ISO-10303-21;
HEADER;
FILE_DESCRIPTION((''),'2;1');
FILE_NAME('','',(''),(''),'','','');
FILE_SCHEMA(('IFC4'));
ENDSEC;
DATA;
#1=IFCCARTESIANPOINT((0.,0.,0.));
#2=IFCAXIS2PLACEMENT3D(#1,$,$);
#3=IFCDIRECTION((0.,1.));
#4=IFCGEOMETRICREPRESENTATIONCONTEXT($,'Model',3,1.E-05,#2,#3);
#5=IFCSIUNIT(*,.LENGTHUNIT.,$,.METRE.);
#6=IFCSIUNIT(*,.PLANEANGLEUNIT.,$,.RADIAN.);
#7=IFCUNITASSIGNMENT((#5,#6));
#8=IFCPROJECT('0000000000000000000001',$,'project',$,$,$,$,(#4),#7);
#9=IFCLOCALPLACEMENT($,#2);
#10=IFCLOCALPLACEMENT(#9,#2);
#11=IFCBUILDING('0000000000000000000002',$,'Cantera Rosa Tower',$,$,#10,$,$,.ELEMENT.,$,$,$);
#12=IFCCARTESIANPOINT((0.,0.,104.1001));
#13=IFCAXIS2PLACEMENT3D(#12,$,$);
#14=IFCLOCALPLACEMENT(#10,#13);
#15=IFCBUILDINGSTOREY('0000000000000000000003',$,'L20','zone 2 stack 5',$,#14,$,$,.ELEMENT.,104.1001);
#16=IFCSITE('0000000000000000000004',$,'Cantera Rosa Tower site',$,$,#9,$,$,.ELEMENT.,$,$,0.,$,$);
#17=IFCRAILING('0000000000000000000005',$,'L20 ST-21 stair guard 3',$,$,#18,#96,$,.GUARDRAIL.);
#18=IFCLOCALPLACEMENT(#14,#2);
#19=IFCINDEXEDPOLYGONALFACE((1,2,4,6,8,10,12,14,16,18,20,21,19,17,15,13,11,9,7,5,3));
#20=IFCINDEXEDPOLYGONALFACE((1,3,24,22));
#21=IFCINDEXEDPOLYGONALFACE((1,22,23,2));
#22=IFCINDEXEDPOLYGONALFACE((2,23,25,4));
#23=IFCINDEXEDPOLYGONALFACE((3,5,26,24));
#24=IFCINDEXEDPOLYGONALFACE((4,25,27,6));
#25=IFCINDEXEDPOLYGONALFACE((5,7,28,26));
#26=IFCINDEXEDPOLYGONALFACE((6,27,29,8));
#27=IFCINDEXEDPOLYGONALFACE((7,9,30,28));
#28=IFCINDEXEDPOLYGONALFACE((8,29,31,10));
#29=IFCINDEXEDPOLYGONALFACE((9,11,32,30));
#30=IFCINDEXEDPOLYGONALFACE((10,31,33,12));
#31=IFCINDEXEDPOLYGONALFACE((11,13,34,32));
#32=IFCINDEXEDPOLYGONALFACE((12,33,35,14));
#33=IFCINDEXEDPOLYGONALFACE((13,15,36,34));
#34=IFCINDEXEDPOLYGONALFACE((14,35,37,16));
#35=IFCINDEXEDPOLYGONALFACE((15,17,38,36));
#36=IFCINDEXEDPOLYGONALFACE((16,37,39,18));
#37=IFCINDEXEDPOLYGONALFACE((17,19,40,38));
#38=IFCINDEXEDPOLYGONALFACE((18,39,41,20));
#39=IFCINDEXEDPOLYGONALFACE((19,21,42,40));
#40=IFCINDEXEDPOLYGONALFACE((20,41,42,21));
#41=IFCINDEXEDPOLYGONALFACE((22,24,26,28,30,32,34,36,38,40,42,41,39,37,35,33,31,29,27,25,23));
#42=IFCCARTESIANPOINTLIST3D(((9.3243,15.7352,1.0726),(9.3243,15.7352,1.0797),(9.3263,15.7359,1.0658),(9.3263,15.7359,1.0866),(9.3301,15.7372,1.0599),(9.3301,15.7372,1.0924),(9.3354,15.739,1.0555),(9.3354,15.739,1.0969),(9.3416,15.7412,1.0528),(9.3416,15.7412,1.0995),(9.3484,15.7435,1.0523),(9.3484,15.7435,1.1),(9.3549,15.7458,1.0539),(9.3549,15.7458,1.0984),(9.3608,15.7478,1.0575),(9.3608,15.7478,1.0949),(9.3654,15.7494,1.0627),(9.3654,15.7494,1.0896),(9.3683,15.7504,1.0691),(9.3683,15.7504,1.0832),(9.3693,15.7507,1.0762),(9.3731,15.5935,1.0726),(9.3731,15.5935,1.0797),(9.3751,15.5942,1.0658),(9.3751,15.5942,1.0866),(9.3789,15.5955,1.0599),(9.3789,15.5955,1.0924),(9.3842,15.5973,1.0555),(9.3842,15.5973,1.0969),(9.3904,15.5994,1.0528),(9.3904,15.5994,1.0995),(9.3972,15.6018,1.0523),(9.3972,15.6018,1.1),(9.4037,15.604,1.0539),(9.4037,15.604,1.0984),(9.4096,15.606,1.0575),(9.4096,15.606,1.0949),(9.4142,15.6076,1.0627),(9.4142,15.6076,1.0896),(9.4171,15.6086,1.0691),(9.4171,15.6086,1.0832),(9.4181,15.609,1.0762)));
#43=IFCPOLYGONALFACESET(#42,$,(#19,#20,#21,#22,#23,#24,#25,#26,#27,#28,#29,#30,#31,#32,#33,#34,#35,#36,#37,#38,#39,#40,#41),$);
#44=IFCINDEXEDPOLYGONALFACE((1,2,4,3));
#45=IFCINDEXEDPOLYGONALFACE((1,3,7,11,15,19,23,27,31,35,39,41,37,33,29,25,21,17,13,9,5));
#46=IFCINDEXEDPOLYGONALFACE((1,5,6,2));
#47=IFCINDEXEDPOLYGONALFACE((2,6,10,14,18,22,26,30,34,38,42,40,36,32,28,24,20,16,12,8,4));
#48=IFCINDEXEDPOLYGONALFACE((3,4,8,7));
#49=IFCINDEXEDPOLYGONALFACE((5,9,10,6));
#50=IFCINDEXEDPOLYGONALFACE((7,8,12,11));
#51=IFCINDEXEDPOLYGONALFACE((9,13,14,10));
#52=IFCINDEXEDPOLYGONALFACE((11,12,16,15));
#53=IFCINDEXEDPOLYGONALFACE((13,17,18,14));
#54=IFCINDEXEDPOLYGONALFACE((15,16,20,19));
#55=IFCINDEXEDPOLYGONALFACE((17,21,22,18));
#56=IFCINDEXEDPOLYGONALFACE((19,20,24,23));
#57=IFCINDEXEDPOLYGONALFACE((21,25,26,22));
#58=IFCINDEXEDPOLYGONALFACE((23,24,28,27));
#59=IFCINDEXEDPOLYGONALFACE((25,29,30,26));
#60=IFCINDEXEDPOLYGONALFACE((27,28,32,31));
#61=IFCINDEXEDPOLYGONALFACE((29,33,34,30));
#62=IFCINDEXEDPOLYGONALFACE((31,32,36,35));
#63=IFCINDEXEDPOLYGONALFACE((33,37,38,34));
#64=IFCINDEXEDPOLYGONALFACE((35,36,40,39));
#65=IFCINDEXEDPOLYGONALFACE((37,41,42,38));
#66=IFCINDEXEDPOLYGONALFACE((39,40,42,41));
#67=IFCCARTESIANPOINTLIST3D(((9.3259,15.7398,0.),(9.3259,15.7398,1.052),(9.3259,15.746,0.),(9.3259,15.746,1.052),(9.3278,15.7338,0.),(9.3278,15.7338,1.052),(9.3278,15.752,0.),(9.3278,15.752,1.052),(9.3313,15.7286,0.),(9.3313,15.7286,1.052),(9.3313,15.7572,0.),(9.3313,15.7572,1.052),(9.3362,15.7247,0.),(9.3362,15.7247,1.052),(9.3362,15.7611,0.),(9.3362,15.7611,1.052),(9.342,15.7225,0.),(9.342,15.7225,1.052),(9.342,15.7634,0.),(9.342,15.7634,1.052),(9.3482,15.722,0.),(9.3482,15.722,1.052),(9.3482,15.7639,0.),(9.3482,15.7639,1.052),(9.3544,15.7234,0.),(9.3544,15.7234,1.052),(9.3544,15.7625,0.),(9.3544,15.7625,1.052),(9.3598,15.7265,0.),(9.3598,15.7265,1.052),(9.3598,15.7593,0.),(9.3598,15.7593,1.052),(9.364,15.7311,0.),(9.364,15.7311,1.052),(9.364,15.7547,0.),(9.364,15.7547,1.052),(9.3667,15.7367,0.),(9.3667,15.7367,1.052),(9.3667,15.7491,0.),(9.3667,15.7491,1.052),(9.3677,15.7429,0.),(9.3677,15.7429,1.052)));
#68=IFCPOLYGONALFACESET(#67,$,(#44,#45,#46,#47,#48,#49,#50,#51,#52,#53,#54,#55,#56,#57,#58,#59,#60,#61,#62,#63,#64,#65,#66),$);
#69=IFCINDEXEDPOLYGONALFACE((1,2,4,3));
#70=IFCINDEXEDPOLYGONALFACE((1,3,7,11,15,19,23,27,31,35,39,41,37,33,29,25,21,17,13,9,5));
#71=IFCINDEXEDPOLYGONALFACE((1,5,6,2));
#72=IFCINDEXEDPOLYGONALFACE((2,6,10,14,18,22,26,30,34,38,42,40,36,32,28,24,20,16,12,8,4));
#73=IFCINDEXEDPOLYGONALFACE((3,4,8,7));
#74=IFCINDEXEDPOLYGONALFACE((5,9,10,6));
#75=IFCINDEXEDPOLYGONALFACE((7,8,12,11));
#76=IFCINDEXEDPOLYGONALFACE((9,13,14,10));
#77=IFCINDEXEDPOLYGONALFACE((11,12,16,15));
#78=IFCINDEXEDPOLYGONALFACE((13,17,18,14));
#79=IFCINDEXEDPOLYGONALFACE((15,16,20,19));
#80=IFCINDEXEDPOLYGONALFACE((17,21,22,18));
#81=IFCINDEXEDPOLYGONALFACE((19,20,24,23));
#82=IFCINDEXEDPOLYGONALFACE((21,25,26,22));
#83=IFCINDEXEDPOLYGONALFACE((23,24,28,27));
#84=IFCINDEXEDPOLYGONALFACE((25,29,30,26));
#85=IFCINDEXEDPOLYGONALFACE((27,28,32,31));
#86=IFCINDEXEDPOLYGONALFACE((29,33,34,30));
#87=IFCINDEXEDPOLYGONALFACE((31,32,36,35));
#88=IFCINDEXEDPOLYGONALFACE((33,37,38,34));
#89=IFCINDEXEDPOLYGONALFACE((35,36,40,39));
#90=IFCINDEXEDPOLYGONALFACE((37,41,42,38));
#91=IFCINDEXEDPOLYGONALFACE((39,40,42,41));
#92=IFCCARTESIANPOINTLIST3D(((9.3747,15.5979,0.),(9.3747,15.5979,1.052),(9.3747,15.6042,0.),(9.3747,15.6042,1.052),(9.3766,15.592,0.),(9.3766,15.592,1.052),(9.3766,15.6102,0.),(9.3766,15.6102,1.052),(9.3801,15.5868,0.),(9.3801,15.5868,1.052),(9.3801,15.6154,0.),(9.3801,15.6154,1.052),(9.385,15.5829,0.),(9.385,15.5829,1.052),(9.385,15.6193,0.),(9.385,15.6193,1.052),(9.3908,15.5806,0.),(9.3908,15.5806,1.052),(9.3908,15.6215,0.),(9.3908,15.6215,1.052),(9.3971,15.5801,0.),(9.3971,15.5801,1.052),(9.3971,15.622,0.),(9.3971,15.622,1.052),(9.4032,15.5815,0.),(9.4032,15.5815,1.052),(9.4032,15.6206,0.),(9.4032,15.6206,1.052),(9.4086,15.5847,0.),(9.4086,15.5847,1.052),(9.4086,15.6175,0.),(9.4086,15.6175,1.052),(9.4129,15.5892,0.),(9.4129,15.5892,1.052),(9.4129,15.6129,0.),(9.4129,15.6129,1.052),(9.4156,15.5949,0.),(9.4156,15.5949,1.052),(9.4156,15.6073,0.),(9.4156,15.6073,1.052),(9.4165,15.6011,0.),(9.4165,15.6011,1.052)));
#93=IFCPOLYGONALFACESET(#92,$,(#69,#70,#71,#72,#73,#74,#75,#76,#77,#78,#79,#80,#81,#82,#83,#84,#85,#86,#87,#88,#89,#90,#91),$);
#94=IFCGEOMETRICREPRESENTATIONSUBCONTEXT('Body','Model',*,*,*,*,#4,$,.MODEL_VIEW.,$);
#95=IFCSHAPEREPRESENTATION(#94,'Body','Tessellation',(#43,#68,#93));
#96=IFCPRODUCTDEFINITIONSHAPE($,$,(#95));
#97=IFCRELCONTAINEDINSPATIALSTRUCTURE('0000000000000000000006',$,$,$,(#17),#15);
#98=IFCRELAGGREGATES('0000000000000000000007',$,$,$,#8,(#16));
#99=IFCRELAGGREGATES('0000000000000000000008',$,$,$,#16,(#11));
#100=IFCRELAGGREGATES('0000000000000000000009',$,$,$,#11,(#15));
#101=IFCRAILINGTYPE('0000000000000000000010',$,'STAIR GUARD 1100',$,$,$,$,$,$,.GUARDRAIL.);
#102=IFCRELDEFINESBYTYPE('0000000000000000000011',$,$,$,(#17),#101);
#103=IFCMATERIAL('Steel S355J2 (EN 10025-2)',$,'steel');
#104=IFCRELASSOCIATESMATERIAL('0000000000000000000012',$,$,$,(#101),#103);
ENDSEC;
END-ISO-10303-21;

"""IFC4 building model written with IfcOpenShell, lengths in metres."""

from ifc_helpers import new_model, si_unit, direction, frame, origin, origin_2d, place, context, subcontext, project, spatial, circle, extrude, material, type_object, element, save


model = new_model("IFC4")

# Units and contexts
model_context = context("Model", 3, precision=1e-05, world=origin(), true_north=direction((0.0, 1.0)))
body_context = subcontext(model_context, "Body", "Model", "MODEL_VIEW")
ifc_project = project(units=[si_unit("LENGTHUNIT", "METRE"), si_unit("PLANEANGLEUNIT", "RADIAN")], contexts=[model_context])

# Site, building, storey
site_placement = place(None, origin())
site = spatial("IfcSite", under=ifc_project, at=site_placement, Name="Cantera Rosa Tower site", CompositionType="ELEMENT", RefElevation=0.0)
building_placement = place(site_placement, origin())
building = spatial("IfcBuilding", under=site, at=building_placement, Name="Cantera Rosa Tower", CompositionType="ELEMENT")
storey_placement = place(building_placement, frame((0.0, 0.0, 104.1001)))
storey = spatial("IfcBuildingStorey", under=building, at=storey_placement, Name="L20", Description="zone 2 stack 5", CompositionType="ELEMENT", Elevation=104.1001)

# Railing
ifc_material_1 = material(Name="Steel S355J2 (EN 10025-2)", Category="steel")
railing_type_1 = type_object("IfcRailingType", Name="STAIR GUARD 1100", PredefinedType="GUARDRAIL", material=ifc_material_1)
railing_1_placement = place(storey_placement, frame((9.3467, 15.7429, 0.0)))
element("IfcRailing", 1, at=railing_1_placement, inside=storey, type_object=railing_type_1, Name="L20 ST-21 stair guard 3", PredefinedType="GUARDRAIL", context=body_context, shape_type="SweptSolid", body=[
    extrude(circle(Radius=0.0239, at=origin_2d()), frame((0.0, 0.0, 1.0762), z_axis=(0.325489, -0.945546, 0.0), x_axis=(0.945546, 0.325489, 0.0)), (0.0, 0.0, 1.0), 0.1499),
    extrude(circle(Radius=0.021, at=origin_2d()), origin(), (0.0, 0.0, 1.0), 1.052),
    extrude(circle(Radius=0.021, at=origin_2d()), frame((0.0488, -0.1418, 0.0)), (0.0, 0.0, 1.0), 1.052),
])

save(model, "model.ifc")
